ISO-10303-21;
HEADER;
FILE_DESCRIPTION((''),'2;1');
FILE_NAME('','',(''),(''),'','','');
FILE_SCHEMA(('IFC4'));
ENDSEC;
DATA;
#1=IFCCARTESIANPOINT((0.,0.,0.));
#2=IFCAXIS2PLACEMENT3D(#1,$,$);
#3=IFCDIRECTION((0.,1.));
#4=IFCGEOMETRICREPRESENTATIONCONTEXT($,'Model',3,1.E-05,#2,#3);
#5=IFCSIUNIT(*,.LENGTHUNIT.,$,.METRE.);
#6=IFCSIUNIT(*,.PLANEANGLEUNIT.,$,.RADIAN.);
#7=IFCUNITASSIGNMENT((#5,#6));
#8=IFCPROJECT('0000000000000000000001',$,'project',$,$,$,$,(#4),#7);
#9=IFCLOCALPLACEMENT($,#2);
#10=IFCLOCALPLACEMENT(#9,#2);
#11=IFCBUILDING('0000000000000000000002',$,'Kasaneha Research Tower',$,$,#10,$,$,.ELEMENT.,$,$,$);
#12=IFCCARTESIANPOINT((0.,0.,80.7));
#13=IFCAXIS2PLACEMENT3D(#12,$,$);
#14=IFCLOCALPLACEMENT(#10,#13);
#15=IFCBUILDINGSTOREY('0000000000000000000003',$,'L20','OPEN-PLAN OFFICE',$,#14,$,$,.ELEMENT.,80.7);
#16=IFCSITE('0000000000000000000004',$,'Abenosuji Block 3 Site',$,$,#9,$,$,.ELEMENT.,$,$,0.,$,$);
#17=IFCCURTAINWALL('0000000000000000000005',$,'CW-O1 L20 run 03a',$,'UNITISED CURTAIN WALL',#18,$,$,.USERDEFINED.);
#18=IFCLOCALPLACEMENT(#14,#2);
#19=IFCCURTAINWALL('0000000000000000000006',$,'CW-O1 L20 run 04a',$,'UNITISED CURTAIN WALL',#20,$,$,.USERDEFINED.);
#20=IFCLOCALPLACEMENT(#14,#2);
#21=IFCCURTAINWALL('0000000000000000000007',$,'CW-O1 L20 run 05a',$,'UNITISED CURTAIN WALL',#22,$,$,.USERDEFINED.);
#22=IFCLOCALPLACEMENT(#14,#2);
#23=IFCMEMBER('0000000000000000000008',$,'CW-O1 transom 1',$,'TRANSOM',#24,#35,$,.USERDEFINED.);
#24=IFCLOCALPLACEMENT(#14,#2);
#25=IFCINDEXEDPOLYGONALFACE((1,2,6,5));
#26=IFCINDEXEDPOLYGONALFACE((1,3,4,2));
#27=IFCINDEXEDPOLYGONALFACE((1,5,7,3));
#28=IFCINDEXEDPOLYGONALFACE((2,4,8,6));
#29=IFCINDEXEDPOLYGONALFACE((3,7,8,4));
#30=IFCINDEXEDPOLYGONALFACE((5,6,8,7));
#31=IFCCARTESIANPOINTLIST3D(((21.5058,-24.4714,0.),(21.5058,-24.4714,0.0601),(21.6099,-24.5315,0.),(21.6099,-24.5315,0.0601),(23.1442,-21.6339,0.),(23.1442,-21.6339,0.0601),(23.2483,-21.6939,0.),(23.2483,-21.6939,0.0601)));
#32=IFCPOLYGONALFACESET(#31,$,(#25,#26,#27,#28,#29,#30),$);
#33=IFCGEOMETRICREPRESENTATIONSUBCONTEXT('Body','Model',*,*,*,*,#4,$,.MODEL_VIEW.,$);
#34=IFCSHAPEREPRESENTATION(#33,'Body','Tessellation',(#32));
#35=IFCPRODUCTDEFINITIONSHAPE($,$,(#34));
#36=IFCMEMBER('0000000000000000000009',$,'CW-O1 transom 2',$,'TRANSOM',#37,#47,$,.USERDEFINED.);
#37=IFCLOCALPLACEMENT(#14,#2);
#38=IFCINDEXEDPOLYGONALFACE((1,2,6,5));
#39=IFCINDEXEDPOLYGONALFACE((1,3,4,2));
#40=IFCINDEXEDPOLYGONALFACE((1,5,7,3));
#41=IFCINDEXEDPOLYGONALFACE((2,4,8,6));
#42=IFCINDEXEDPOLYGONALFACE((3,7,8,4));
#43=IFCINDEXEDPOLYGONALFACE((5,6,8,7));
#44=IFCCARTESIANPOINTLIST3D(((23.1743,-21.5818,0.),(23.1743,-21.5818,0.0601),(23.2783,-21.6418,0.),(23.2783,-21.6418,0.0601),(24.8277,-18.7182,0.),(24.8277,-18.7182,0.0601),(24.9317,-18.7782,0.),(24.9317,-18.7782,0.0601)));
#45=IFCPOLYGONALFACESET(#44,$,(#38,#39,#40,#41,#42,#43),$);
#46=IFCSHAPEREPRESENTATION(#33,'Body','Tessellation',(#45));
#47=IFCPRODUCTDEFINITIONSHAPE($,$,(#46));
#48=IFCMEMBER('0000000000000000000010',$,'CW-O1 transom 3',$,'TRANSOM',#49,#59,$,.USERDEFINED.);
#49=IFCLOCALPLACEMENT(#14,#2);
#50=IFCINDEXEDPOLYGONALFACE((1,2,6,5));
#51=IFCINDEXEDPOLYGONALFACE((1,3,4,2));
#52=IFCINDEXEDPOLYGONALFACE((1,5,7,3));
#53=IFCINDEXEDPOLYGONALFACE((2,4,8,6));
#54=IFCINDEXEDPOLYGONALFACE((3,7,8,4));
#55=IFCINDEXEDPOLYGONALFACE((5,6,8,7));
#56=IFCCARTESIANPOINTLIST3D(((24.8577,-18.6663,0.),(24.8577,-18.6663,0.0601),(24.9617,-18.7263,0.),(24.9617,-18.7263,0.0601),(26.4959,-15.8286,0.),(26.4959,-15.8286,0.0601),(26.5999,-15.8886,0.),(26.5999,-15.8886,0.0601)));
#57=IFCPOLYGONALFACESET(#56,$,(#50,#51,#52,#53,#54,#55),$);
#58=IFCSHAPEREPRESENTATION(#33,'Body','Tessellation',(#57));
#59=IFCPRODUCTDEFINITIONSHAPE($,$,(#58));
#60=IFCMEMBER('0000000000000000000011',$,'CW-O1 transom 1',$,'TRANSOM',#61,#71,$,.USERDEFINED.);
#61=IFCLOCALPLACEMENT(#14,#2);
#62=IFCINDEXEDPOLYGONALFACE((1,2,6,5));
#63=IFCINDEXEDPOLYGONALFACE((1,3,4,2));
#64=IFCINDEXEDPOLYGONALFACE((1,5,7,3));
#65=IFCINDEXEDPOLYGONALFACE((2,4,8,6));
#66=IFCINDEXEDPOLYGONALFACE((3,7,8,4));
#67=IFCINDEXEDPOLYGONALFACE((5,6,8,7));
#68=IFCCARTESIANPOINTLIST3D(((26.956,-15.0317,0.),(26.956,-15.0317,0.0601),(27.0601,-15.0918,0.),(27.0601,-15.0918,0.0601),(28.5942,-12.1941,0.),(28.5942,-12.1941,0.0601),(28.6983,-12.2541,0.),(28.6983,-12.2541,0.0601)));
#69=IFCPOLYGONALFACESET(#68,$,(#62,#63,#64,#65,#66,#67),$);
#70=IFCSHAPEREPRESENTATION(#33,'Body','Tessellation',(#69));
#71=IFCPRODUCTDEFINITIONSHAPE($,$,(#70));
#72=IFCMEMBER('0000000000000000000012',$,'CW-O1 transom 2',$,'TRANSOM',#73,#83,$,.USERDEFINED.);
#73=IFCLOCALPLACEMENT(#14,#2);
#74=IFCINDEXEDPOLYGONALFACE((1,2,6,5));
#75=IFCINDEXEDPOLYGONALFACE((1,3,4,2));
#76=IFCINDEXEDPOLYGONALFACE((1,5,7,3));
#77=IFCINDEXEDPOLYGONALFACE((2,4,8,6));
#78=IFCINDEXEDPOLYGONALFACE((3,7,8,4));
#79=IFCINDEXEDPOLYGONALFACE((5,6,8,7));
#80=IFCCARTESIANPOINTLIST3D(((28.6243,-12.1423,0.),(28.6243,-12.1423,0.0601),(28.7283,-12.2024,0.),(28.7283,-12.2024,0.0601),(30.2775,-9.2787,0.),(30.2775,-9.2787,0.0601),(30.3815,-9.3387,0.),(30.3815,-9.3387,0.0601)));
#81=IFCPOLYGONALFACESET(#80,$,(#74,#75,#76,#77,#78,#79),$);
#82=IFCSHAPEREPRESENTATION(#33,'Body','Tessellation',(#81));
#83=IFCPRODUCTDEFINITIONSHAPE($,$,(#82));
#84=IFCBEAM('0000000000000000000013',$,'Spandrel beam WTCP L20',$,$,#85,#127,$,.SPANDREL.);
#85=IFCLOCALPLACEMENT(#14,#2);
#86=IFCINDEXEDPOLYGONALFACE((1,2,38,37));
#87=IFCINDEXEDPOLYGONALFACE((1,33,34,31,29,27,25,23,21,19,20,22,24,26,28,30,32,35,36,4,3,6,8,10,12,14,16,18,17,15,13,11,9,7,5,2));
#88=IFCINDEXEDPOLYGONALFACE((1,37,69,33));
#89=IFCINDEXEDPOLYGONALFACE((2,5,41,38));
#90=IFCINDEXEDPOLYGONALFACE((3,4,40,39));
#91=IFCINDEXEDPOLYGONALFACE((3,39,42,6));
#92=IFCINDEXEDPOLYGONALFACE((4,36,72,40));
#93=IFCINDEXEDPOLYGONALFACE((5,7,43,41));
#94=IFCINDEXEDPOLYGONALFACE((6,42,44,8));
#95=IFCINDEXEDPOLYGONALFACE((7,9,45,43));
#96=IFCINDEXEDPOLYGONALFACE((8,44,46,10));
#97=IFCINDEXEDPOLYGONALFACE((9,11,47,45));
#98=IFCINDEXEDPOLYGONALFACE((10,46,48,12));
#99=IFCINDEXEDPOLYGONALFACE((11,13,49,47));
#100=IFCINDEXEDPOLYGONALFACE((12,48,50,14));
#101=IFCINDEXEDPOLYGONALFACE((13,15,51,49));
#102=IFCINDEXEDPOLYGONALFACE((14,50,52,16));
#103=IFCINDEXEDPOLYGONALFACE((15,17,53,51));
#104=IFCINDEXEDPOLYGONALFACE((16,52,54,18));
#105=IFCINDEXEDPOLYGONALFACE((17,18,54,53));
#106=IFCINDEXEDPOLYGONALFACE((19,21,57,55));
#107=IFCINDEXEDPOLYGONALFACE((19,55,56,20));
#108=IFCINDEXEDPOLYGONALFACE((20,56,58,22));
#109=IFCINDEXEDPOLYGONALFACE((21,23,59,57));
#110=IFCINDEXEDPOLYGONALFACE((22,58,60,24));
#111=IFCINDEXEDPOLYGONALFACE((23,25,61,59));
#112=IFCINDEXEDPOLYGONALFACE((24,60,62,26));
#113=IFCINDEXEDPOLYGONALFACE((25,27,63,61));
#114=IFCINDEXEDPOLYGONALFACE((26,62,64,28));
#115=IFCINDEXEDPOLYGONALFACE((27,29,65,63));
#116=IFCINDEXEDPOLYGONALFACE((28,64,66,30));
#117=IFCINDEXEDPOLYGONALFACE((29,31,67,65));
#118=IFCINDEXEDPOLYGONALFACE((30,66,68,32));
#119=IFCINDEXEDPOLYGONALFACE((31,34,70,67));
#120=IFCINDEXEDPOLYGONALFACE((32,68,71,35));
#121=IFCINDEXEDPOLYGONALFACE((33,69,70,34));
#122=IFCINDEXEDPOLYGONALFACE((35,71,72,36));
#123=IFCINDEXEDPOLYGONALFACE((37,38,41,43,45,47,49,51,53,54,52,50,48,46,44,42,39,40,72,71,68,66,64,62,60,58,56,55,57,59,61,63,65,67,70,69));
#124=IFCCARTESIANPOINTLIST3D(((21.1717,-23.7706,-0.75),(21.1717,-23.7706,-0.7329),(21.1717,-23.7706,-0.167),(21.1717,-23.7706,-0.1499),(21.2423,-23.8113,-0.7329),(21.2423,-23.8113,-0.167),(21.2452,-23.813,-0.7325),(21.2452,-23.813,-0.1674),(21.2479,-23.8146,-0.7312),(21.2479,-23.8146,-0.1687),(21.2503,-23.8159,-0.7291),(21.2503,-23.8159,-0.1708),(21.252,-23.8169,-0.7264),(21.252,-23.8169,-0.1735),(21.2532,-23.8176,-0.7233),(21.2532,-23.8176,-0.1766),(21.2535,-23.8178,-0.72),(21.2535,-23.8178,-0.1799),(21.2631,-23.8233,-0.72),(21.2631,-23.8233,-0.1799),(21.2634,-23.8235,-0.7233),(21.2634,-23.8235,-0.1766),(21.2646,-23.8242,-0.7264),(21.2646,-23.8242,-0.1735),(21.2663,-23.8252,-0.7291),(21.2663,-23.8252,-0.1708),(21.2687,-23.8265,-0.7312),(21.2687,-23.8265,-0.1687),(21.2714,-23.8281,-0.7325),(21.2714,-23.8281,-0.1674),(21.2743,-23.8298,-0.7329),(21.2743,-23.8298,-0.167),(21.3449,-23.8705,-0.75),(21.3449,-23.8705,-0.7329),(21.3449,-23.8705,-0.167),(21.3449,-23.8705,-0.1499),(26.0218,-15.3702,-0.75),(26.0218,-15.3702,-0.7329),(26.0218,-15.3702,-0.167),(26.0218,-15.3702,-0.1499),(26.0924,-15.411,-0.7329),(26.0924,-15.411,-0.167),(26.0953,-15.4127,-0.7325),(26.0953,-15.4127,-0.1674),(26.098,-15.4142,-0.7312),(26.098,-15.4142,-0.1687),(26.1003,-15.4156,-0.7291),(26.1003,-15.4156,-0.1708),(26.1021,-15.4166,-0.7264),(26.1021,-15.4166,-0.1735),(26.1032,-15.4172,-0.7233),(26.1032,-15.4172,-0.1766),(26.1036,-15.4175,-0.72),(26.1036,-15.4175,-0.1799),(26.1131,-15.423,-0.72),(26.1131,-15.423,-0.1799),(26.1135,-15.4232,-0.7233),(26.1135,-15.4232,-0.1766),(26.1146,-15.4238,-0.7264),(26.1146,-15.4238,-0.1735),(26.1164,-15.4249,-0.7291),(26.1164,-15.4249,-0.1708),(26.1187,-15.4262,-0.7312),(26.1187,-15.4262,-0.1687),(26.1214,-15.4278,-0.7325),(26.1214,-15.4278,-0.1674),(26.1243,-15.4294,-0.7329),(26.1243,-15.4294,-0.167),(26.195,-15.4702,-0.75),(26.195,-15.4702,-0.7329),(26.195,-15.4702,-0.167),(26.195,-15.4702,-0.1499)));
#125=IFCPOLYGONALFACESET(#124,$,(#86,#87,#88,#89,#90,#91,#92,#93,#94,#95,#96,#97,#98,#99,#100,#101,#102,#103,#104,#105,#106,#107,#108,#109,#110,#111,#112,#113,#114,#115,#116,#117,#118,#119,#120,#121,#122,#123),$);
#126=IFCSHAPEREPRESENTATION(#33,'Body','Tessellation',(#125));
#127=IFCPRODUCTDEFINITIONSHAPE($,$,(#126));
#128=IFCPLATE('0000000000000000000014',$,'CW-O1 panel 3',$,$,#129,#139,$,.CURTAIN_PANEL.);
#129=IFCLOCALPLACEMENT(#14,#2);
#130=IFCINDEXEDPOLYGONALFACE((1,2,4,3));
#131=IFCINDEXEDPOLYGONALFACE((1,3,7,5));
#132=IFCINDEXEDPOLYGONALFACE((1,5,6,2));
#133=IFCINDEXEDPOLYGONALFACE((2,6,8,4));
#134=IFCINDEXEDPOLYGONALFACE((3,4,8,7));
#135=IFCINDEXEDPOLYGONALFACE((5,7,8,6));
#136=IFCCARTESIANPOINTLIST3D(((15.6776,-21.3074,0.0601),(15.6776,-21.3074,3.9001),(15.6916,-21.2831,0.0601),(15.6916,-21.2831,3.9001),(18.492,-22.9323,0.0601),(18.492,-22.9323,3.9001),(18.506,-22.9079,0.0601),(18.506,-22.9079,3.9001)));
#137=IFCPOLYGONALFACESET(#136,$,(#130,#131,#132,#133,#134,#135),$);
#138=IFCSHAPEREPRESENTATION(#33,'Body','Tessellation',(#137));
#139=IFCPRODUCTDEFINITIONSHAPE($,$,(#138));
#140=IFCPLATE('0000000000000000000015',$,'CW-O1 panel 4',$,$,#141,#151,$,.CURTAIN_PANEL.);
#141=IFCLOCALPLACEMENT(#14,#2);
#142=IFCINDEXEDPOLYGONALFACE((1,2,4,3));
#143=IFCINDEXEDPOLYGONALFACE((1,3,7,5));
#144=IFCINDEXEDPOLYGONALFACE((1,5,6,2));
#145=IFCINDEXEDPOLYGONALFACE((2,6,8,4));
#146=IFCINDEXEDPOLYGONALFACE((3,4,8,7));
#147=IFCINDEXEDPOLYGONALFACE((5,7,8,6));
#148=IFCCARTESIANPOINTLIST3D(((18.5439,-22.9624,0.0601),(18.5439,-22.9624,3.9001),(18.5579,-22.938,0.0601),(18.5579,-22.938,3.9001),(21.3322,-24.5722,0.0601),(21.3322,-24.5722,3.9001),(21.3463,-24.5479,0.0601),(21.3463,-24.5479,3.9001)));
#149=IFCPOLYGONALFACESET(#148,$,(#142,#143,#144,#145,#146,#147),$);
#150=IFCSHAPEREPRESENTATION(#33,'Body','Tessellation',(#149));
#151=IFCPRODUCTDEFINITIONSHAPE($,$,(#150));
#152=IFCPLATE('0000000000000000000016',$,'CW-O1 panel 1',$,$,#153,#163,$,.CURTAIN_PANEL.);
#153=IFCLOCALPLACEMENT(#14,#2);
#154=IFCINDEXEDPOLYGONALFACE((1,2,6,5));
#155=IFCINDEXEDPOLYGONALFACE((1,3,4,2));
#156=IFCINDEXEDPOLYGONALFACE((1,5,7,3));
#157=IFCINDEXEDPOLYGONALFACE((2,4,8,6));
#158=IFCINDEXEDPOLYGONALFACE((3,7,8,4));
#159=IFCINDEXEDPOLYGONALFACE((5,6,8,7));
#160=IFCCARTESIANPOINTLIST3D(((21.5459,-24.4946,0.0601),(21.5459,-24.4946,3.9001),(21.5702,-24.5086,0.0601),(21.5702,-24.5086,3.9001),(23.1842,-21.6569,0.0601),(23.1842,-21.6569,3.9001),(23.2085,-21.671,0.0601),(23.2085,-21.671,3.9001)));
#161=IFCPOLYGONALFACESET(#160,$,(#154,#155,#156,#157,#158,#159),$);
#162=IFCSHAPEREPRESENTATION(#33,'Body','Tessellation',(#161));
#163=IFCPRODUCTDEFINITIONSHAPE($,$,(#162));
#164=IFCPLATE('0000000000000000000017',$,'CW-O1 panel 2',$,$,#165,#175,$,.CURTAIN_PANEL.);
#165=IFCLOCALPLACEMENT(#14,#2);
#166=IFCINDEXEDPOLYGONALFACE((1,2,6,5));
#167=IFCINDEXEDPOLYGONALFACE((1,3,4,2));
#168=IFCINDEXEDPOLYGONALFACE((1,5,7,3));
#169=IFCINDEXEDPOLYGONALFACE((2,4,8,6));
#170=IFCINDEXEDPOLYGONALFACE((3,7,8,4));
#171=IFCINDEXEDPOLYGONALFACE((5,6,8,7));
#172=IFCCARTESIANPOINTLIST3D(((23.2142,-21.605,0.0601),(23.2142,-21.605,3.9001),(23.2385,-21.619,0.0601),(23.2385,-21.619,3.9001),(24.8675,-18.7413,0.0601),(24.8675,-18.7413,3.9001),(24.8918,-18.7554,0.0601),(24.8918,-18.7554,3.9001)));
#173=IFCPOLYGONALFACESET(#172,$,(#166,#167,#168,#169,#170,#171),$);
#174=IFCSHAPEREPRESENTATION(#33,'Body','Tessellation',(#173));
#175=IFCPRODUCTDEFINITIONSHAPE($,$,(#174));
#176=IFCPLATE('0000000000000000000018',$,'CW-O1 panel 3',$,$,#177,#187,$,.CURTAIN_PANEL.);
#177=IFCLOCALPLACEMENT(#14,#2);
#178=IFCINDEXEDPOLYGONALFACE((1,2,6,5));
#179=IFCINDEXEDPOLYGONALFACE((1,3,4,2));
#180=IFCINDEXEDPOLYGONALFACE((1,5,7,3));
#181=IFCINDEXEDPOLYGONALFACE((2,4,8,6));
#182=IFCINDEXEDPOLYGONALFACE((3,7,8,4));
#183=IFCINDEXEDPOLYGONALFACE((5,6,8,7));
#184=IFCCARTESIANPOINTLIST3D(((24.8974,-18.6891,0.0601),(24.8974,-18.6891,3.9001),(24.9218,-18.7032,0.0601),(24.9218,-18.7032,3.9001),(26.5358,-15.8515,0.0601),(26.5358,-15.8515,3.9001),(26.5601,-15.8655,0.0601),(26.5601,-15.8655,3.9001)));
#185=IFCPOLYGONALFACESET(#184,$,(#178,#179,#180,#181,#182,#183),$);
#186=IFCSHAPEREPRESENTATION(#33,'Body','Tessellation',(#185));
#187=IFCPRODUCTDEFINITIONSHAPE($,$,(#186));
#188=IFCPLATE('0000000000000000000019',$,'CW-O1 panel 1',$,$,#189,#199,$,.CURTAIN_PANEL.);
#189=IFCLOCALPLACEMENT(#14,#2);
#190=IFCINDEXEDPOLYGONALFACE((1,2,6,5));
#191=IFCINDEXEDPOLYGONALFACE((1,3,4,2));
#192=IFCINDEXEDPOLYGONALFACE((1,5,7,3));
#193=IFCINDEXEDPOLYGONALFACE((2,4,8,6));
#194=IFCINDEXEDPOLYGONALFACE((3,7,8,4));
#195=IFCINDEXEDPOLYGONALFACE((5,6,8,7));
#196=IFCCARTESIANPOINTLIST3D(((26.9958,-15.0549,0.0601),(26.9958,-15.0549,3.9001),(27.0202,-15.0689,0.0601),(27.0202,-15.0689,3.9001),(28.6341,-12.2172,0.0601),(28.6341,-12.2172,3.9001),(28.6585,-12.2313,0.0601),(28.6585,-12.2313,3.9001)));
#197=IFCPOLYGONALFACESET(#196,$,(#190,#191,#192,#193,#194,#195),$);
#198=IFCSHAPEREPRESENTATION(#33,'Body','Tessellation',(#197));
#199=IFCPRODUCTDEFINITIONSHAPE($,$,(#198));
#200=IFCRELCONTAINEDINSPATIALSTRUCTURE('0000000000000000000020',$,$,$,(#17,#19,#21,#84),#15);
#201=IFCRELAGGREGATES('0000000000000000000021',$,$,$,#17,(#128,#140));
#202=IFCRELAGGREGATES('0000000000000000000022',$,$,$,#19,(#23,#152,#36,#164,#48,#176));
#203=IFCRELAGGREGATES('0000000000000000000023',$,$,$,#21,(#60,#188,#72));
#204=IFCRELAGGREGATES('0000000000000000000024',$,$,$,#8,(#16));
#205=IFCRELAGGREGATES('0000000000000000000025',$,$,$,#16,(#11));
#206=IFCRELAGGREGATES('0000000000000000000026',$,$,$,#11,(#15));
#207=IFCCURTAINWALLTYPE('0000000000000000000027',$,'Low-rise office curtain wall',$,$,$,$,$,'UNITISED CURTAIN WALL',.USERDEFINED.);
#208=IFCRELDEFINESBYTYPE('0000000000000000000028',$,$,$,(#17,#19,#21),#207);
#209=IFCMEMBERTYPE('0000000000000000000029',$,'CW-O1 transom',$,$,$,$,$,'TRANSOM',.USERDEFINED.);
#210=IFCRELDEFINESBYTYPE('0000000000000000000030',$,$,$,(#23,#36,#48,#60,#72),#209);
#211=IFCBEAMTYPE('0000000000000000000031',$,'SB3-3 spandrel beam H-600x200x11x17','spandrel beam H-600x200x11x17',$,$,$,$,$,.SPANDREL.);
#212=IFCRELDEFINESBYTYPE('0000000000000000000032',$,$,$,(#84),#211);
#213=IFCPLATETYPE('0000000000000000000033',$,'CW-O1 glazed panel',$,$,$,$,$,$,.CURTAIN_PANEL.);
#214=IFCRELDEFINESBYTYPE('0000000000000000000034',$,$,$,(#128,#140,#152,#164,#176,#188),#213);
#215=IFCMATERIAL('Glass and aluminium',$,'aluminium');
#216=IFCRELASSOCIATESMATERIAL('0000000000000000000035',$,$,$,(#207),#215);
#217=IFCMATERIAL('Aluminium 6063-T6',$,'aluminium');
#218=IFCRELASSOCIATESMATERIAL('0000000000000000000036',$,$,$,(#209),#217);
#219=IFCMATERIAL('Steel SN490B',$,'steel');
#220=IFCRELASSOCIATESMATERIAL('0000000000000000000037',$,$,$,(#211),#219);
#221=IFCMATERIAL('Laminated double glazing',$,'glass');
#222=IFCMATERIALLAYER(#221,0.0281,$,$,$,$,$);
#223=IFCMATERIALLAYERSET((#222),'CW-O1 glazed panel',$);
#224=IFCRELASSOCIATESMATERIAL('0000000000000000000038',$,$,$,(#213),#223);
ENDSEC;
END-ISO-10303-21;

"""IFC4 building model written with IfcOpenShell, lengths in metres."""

from ifc_helpers import new_model, si_unit, direction, frame, origin, origin_2d, place, context, subcontext, project, spatial, rectangle, i_section, extrude, material, layer, layer_set, material_profile, profile_set, type_object, element, aggregate, save


model = new_model("IFC4")

# Units and contexts
model_context = context("Model", 3, precision=1e-05, world=origin(), true_north=direction((0.0, 1.0)))
body_context = subcontext(model_context, "Body", "Model", "MODEL_VIEW")
ifc_project = project(units=[si_unit("LENGTHUNIT", "METRE"), si_unit("PLANEANGLEUNIT", "RADIAN")], contexts=[model_context])

# Site, building, storey
site_placement = place(None, origin())
site = spatial("IfcSite", under=ifc_project, at=site_placement, Name="Abenosuji Block 3 Site", CompositionType="ELEMENT", RefElevation=0.0)
building_placement = place(site_placement, origin())
building = spatial("IfcBuilding", under=site, at=building_placement, Name="Kasaneha Research Tower", CompositionType="ELEMENT")
storey_placement = place(building_placement, frame((0.0, 0.0, 80.7)))
storey = spatial("IfcBuildingStorey", under=building, at=storey_placement, Name="L20", Description="OPEN-PLAN OFFICE", CompositionType="ELEMENT", Elevation=80.7)

# Curtain walls
ifc_material_1 = material(Name="Glass and aluminium", Category="aluminium")
curtain_wall_type = type_object("IfcCurtainWallType", Name="Low-rise office curtain wall", ElementType="UNITISED CURTAIN WALL", PredefinedType="USERDEFINED", material=ifc_material_1)
curtain_wall_1_placement = place(storey_placement, origin())
curtain_wall_1 = element("IfcCurtainWall", 1, at=curtain_wall_1_placement, inside=storey, type_object=curtain_wall_type, Name="CW-O1 L20 run 03a", ObjectType="UNITISED CURTAIN WALL", PredefinedType="USERDEFINED")
curtain_wall_2_placement = place(storey_placement, origin())
curtain_wall_2 = element("IfcCurtainWall", 2, at=curtain_wall_2_placement, inside=storey, type_object=curtain_wall_type, Name="CW-O1 L20 run 04a", ObjectType="UNITISED CURTAIN WALL", PredefinedType="USERDEFINED")
curtain_wall_3_placement = place(storey_placement, origin())
curtain_wall_3 = element("IfcCurtainWall", 3, at=curtain_wall_3_placement, inside=storey, type_object=curtain_wall_type, Name="CW-O1 L20 run 05a", ObjectType="UNITISED CURTAIN WALL", PredefinedType="USERDEFINED")

# Members
ifc_material_2 = material(Name="Aluminium 6063-T6", Category="aluminium")
ifc_material_profile_1 = material_profile(ifc_material_2, rectangle(XDim=0.1201, YDim=0.0601, at=origin_2d()), Name="CW-O1 transom 120x60")
ifc_profile_set_1 = profile_set([ifc_material_profile_1], Name="Aluminium 6063-T6")
member_type_1 = type_object("IfcMemberType", Name="CW-O1 transom", ElementType="TRANSOM", PredefinedType="USERDEFINED", material=ifc_profile_set_1)
member_1_placement = place(storey_placement, frame((21.5579, -24.5015, 0.03), z_axis=(0.500026, 0.866011, 0.0), x_axis=(-0.866011, 0.500026, 0.0)))
member_1 = element("IfcMember", 4, at=member_1_placement, type_object=member_type_1, Name="CW-O1 transom 1", ObjectType="TRANSOM", PredefinedType="USERDEFINED", context=body_context, shape_type="SweptSolid", body=[
    extrude(rectangle(XDim=0.1201, YDim=0.0601, at=origin_2d()), origin(), (0.0, 0.0, 1.0), 3.2766),
])
member_2_placement = place(storey_placement, frame((23.2263, -21.6118, 0.03), z_axis=(0.500014, 0.866017, 0.0), x_axis=(-0.866017, 0.500014, 0.0)))
member_2 = element("IfcMember", 5, at=member_2_placement, type_object=member_type_1, Name="CW-O1 transom 2", ObjectType="TRANSOM", PredefinedType="USERDEFINED", context=body_context, shape_type="SweptSolid", body=[
    extrude(rectangle(XDim=0.1201, YDim=0.0601, at=origin_2d()), origin(), (0.0, 0.0, 1.0), 3.3066),
])
member_3_placement = place(storey_placement, frame((24.9097, -18.6963, 0.03), z_axis=(0.49997, 0.866043, 0.0), x_axis=(-0.866043, 0.49997, 0.0)))
member_3 = element("IfcMember", 6, at=member_3_placement, type_object=member_type_1, Name="CW-O1 transom 3", ObjectType="TRANSOM", PredefinedType="USERDEFINED", context=body_context, shape_type="SweptSolid", body=[
    extrude(rectangle(XDim=0.1201, YDim=0.0601, at=origin_2d()), origin(), (0.0, 0.0, 1.0), 3.2766),
])
member_4_placement = place(storey_placement, frame((27.0081, -15.0618, 0.03), z_axis=(0.49997, 0.866043, 0.0), x_axis=(-0.866043, 0.49997, 0.0)))
member_4 = element("IfcMember", 7, at=member_4_placement, type_object=member_type_1, Name="CW-O1 transom 1", ObjectType="TRANSOM", PredefinedType="USERDEFINED", context=body_context, shape_type="SweptSolid", body=[
    extrude(rectangle(XDim=0.1201, YDim=0.0601, at=origin_2d()), origin(), (0.0, 0.0, 1.0), 3.2766),
])
member_5_placement = place(storey_placement, frame((28.6763, -12.1724, 0.03), z_axis=(0.499982, 0.866036, 0.0), x_axis=(-0.866036, 0.499982, 0.0)))
member_5 = element("IfcMember", 8, at=member_5_placement, type_object=member_type_1, Name="CW-O1 transom 2", ObjectType="TRANSOM", PredefinedType="USERDEFINED", context=body_context, shape_type="SweptSolid", body=[
    extrude(rectangle(XDim=0.1201, YDim=0.0601, at=origin_2d()), origin(), (0.0, 0.0, 1.0), 3.3066),
])

# Beam
ifc_material_3 = material(Name="Steel SN490B", Category="steel")
ifc_material_profile_2 = material_profile(ifc_material_3, i_section(OverallWidth=0.2, OverallDepth=0.6001, WebThickness=0.011, FlangeThickness=0.0171, FilletRadius=0.0129, at=origin_2d()), Name="H-600x200x11x17")
ifc_profile_set_2 = profile_set([ifc_material_profile_2], Name="Steel SN490B")
beam_type_1 = type_object("IfcBeamType", Name="SB3-3 spandrel beam H-600x200x11x17", Description="spandrel beam H-600x200x11x17", PredefinedType="SPANDREL", material=ifc_profile_set_2)
beam_1_placement = place(storey_placement, frame((21.2583, -23.8206, -0.45), z_axis=(0.50001, 0.86602, 0.0), x_axis=(-0.86602, 0.50001, 0.0)))
element("IfcBeam", 9, at=beam_1_placement, inside=storey, type_object=beam_type_1, Name="Spandrel beam WTCP L20", PredefinedType="SPANDREL", context=body_context, shape_type="SweptSolid", body=[
    extrude(i_section(OverallWidth=0.2, OverallDepth=0.6001, WebThickness=0.011, FlangeThickness=0.0171, FilletRadius=0.0129, at=origin_2d()), origin(), (0.0, 0.0, 1.0), 9.7),
])

# Plates
ifc_material_4 = material(Name="Laminated double glazing", Category="glass")
ifc_layer_1 = layer(ifc_material_4, 0.0281)
ifc_layer_set_1 = layer_set([ifc_layer_1], Name="CW-O1 glazed panel")
plate_type = type_object("IfcPlateType", Name="CW-O1 glazed panel", PredefinedType="CURTAIN_PANEL", material=ifc_layer_set_1)
plate_1_placement = place(storey_placement, frame((17.0918, -22.1077, 0.0601), z_axis=(0.0, 0.0, 1.0), x_axis=(0.866025, -0.5, 0.0)))
plate_1 = element("IfcPlate", 10, at=plate_1_placement, type_object=plate_type, Name="CW-O1 panel 3", PredefinedType="CURTAIN_PANEL", context=body_context, shape_type="SweptSolid", body=[
    extrude(rectangle(XDim=3.2498, YDim=0.0281, at=origin_2d()), origin(), (0.0, 0.0, 1.0), 3.8401),
])
plate_2_placement = place(storey_placement, frame((19.9451, -23.7551, 0.0601), z_axis=(0.0, 0.0, 1.0), x_axis=(0.866025, -0.5, 0.0)))
plate_2 = element("IfcPlate", 11, at=plate_2_placement, type_object=plate_type, Name="CW-O1 panel 4", PredefinedType="CURTAIN_PANEL", context=body_context, shape_type="SweptSolid", body=[
    extrude(rectangle(XDim=3.2197, YDim=0.0281, at=origin_2d()), origin(), (0.0, 0.0, 1.0), 3.8401),
])
aggregate(curtain_wall_1, [plate_1, plate_2])
plate_3_placement = place(storey_placement, frame((22.3772, -23.0828, 0.0601), z_axis=(0.0, 0.0, 1.0), x_axis=(0.5, 0.866025, 0.0)))
plate_3 = element("IfcPlate", 12, at=plate_3_placement, type_object=plate_type, Name="CW-O1 panel 1", PredefinedType="CURTAIN_PANEL", context=body_context, shape_type="SweptSolid", body=[
    extrude(rectangle(XDim=3.2766, YDim=0.0281, at=origin_2d()), origin(), (0.0, 0.0, 1.0), 3.8401),
])
plate_4_placement = place(storey_placement, frame((24.053, -20.1802, 0.0601), z_axis=(0.0, 0.0, 1.0), x_axis=(0.5, 0.866025, 0.0)))
plate_4 = element("IfcPlate", 13, at=plate_4_placement, type_object=plate_type, Name="CW-O1 panel 2", PredefinedType="CURTAIN_PANEL", context=body_context, shape_type="SweptSolid", body=[
    extrude(rectangle(XDim=3.3066, YDim=0.0281, at=origin_2d()), origin(), (0.0, 0.0, 1.0), 3.8401),
])
plate_5_placement = place(storey_placement, frame((25.7288, -17.2773, 0.0601), z_axis=(0.0, 0.0, 1.0), x_axis=(0.5, 0.866025, 0.0)))
plate_5 = element("IfcPlate", 14, at=plate_5_placement, type_object=plate_type, Name="CW-O1 panel 3", PredefinedType="CURTAIN_PANEL", context=body_context, shape_type="SweptSolid", body=[
    extrude(rectangle(XDim=3.2766, YDim=0.0281, at=origin_2d()), origin(), (0.0, 0.0, 1.0), 3.8401),
])
aggregate(curtain_wall_2, [member_1, plate_3, member_2, plate_4, member_3, plate_5])
plate_6_placement = place(storey_placement, frame((27.8271, -13.6431, 0.0601), z_axis=(0.0, 0.0, 1.0), x_axis=(0.5, 0.866025, 0.0)))
plate_6 = element("IfcPlate", 15, at=plate_6_placement, type_object=plate_type, Name="CW-O1 panel 1", PredefinedType="CURTAIN_PANEL", context=body_context, shape_type="SweptSolid", body=[
    extrude(rectangle(XDim=3.2766, YDim=0.0281, at=origin_2d()), origin(), (0.0, 0.0, 1.0), 3.8401),
])
aggregate(curtain_wall_3, [member_4, plate_6, member_5])

save(model, "model.ifc")
